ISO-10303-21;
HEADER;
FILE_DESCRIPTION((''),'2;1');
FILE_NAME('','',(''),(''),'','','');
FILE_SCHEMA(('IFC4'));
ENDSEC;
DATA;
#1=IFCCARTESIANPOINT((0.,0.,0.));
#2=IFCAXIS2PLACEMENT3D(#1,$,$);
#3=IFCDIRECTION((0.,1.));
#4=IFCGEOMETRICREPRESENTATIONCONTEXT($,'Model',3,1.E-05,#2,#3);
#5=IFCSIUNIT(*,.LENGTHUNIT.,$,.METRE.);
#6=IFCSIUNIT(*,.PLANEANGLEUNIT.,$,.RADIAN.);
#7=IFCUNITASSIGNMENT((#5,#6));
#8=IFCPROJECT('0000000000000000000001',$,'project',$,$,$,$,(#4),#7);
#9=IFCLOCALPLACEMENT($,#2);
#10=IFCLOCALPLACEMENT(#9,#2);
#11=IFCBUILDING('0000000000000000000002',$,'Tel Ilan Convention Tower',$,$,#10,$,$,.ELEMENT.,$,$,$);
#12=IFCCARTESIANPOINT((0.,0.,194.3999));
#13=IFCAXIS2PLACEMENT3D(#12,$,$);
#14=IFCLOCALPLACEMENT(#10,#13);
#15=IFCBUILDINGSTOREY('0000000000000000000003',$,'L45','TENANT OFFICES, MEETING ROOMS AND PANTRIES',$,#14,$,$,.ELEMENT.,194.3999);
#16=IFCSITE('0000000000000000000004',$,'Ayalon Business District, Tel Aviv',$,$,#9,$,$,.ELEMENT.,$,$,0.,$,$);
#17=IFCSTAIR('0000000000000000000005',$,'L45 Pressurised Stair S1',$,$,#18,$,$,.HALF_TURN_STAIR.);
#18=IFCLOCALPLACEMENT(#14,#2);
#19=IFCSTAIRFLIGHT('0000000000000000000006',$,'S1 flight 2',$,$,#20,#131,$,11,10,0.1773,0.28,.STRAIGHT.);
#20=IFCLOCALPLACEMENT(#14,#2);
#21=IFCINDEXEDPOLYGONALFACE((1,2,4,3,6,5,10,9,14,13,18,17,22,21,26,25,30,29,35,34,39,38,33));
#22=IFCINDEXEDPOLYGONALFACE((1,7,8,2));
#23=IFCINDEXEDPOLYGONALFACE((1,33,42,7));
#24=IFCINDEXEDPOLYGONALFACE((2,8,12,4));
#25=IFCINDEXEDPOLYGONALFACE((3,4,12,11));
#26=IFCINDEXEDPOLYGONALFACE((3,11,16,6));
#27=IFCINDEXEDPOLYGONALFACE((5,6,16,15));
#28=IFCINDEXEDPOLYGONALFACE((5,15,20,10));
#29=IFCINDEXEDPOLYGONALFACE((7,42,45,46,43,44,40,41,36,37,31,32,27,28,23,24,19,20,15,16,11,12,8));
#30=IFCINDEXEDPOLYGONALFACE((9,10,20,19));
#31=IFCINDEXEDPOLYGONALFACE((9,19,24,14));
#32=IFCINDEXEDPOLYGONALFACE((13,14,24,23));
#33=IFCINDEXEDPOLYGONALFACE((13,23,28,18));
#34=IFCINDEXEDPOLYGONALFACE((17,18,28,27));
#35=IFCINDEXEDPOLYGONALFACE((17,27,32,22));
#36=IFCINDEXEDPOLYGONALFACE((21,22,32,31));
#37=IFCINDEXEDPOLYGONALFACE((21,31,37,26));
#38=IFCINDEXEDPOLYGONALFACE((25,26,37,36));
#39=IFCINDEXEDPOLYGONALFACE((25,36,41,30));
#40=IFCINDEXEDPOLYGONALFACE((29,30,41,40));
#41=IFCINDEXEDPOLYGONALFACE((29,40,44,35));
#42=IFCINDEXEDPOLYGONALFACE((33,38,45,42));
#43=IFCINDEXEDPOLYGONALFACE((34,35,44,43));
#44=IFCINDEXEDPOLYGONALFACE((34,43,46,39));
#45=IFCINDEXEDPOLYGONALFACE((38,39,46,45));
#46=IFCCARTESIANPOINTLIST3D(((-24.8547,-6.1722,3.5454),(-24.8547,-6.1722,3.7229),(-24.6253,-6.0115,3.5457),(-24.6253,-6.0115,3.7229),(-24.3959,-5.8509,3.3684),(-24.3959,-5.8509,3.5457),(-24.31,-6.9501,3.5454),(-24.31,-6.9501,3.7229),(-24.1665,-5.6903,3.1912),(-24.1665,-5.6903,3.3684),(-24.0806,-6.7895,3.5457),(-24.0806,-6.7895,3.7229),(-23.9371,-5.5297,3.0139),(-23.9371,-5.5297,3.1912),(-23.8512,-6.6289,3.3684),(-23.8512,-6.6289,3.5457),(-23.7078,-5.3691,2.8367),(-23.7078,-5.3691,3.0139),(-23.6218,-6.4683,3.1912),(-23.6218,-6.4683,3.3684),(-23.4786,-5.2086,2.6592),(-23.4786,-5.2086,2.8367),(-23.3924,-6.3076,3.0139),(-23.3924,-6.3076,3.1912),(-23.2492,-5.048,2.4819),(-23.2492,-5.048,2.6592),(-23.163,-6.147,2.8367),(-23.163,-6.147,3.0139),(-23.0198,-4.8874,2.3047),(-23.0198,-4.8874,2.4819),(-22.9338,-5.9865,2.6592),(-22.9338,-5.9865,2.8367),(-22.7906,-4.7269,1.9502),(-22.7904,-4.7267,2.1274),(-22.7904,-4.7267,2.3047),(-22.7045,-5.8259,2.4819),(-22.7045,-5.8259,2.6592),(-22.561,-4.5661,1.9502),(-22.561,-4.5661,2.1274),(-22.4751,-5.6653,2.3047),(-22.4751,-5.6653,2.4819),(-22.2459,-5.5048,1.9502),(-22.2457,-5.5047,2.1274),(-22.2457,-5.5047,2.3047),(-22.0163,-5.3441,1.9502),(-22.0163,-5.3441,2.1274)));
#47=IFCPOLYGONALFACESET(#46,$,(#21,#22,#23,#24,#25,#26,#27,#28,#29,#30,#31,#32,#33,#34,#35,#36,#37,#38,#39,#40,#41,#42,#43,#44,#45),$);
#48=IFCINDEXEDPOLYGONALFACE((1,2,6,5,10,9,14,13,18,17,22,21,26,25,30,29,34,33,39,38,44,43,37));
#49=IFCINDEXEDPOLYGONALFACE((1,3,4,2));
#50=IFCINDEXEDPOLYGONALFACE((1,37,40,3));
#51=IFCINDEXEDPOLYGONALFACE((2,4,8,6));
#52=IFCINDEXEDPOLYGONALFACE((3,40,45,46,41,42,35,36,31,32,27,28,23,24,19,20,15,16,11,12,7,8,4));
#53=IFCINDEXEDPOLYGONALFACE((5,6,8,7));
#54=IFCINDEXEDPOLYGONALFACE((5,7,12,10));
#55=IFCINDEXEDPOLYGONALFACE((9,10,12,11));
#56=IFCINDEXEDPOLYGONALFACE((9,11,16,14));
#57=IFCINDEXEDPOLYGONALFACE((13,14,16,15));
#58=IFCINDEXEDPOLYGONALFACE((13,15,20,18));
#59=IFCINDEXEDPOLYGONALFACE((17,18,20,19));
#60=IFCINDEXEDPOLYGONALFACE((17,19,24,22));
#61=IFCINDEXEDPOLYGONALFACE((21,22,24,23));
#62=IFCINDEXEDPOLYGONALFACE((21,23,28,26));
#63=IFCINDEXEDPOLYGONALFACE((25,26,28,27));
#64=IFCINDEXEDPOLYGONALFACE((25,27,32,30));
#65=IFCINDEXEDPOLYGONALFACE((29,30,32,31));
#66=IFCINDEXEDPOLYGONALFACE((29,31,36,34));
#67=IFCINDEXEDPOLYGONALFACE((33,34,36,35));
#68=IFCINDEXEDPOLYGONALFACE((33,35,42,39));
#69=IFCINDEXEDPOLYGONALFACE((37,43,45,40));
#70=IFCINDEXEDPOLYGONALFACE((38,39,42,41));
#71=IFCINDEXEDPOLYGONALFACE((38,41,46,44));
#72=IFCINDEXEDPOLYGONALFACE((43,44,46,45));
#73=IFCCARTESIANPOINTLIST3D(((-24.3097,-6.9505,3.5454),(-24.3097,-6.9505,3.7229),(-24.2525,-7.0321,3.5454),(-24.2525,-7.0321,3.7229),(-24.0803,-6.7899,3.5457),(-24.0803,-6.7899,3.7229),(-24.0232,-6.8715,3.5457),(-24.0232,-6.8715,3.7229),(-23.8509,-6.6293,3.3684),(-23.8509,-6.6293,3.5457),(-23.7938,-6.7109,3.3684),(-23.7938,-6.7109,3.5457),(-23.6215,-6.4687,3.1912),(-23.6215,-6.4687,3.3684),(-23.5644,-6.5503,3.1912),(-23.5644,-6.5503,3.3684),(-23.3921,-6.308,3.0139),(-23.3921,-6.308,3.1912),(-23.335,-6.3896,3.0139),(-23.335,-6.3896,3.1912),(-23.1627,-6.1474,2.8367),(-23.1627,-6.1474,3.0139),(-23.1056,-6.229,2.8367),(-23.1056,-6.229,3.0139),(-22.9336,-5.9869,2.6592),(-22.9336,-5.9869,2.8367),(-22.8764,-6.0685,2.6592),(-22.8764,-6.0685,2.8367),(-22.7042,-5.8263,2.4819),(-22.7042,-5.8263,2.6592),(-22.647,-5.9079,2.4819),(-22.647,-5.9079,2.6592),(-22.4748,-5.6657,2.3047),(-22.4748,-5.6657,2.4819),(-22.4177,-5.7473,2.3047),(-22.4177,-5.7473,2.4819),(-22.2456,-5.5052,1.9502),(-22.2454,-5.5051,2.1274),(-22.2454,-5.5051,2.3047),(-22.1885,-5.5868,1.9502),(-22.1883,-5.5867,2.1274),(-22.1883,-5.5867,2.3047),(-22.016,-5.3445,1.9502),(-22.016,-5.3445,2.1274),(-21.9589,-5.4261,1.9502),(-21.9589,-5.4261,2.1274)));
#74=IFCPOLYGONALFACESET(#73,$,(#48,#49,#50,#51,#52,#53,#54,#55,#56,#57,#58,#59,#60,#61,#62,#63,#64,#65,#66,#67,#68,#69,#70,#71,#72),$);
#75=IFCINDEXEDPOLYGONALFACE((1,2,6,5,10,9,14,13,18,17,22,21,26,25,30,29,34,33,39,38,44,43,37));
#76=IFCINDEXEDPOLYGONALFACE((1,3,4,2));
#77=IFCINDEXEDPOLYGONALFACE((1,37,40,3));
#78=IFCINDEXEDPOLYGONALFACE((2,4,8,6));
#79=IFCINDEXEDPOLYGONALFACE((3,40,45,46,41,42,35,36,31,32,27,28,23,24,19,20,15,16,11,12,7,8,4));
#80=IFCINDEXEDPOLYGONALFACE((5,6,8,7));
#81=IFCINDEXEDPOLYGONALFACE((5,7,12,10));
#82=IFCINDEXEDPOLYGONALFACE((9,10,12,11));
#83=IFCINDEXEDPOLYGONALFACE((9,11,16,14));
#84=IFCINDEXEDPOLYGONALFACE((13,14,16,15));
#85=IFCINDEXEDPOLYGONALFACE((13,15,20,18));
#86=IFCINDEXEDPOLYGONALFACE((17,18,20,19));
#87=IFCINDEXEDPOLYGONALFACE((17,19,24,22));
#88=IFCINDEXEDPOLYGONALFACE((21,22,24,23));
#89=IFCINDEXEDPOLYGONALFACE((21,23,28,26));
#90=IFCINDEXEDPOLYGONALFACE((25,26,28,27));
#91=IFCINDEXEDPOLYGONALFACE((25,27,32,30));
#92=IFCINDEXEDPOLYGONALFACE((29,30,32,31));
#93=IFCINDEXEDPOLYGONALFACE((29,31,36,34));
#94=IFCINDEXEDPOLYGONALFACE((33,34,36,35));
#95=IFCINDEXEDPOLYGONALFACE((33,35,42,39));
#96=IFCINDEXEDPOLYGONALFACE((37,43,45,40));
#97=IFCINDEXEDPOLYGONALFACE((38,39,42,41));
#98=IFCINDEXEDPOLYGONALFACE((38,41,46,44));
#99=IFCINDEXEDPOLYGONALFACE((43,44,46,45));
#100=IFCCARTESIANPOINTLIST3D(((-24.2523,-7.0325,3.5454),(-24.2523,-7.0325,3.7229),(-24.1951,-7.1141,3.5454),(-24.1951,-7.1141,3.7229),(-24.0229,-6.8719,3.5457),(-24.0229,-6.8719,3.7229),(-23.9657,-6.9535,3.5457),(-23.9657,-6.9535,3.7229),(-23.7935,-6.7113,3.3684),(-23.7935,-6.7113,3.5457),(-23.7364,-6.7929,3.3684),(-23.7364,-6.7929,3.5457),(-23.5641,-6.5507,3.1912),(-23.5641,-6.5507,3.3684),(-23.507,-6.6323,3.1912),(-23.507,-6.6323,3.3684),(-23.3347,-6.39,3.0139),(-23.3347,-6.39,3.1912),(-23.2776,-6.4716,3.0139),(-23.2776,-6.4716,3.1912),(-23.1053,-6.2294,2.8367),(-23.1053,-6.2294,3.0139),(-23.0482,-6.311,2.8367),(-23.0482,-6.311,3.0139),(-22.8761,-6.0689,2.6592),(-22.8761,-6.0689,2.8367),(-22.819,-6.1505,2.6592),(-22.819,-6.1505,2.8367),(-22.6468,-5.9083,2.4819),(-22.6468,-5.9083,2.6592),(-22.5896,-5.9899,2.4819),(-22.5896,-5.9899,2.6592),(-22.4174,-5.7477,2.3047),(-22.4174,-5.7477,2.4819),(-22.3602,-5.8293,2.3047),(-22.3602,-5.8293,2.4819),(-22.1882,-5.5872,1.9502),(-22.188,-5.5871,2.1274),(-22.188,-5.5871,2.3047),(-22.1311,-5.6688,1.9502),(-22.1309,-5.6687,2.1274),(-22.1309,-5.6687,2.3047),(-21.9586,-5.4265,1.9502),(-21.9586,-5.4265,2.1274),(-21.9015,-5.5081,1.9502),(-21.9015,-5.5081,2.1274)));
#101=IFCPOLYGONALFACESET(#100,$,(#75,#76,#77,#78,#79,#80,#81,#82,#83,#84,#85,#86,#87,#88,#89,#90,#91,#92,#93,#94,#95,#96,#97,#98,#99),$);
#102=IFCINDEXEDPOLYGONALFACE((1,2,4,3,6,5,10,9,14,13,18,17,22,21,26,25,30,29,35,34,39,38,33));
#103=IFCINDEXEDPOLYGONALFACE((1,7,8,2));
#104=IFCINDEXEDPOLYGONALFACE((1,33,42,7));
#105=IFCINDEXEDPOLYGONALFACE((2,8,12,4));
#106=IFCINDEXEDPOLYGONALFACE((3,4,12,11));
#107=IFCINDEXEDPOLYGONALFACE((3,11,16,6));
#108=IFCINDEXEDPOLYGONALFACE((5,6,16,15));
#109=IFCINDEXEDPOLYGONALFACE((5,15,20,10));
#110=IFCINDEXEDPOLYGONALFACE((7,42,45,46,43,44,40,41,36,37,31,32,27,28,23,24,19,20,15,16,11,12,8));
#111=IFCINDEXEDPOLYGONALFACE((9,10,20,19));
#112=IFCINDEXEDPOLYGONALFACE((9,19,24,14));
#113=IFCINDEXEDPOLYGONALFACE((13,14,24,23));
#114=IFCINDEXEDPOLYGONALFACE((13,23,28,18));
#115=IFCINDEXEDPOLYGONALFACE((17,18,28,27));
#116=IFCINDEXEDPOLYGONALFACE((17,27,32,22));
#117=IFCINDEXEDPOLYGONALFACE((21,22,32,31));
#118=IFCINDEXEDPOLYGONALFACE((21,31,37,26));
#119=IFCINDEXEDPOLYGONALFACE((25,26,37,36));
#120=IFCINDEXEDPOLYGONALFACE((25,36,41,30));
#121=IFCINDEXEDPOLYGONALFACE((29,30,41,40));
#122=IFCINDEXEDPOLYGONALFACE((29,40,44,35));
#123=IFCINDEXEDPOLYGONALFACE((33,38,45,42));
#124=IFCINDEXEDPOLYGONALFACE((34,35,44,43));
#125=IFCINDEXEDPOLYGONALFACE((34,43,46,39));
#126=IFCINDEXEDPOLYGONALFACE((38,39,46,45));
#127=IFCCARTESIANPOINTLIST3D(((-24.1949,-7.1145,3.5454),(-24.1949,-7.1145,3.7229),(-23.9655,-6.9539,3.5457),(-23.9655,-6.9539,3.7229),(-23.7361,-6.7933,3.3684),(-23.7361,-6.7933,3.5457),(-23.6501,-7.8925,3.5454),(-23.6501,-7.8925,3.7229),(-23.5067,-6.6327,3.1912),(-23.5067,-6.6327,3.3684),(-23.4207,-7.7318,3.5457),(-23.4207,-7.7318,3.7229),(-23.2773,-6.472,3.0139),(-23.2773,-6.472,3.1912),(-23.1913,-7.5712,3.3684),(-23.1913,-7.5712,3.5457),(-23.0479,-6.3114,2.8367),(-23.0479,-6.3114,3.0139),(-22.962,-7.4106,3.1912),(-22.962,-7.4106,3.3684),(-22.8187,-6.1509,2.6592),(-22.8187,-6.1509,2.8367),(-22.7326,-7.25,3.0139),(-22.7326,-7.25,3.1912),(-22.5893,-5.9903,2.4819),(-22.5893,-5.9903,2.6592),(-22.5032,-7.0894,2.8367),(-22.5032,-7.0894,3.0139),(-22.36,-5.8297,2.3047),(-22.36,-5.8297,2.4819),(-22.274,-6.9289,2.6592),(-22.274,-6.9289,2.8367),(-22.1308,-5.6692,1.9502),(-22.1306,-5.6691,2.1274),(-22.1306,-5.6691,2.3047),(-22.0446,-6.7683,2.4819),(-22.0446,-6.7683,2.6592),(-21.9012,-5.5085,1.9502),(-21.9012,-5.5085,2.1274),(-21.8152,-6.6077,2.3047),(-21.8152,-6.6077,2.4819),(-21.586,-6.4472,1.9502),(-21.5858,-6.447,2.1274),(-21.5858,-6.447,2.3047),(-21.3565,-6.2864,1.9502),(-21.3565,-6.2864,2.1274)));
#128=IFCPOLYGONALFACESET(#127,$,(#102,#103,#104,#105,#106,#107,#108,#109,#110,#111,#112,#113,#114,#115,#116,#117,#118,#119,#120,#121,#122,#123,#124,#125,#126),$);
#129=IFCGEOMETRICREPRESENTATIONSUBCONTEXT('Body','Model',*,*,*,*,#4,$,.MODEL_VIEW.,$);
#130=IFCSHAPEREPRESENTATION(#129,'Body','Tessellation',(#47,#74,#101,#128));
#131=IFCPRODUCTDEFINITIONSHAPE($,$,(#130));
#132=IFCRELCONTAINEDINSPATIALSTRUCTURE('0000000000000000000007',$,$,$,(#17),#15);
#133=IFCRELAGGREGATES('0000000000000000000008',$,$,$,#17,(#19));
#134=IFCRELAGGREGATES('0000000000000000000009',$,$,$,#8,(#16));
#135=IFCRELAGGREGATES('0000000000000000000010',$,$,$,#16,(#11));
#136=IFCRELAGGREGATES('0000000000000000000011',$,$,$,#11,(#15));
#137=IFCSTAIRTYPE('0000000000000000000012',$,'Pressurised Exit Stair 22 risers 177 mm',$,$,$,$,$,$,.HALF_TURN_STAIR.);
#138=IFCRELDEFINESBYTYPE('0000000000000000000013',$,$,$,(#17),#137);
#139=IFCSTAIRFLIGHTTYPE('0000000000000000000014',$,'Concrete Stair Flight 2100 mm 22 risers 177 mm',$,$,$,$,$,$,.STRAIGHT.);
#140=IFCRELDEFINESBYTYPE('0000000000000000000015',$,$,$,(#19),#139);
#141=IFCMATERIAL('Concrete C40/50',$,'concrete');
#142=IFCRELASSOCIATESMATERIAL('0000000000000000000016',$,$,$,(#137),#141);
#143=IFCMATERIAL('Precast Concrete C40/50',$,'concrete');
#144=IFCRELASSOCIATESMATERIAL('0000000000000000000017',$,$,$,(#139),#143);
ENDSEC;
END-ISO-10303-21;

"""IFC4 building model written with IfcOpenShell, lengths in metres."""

from ifc_helpers import new_model, si_unit, direction, frame, origin, place, context, subcontext, project, spatial, polyline, outline, extrude, material, type_object, element, aggregate, save


model = new_model("IFC4")

# Units and contexts
model_context = context("Model", 3, precision=1e-05, world=origin(), true_north=direction((0.0, 1.0)))
body_context = subcontext(model_context, "Body", "Model", "MODEL_VIEW")
ifc_project = project(units=[si_unit("LENGTHUNIT", "METRE"), si_unit("PLANEANGLEUNIT", "RADIAN")], contexts=[model_context])

# Site, building, storey
site_placement = place(None, origin())
site = spatial("IfcSite", under=ifc_project, at=site_placement, Name="Ayalon Business District, Tel Aviv", CompositionType="ELEMENT", RefElevation=0.0)
building_placement = place(site_placement, origin())
building = spatial("IfcBuilding", under=site, at=building_placement, Name="Tel Ilan Convention Tower", CompositionType="ELEMENT")
storey_placement = place(building_placement, frame((0.0, 0.0, 194.3999)))
storey = spatial("IfcBuildingStorey", under=building, at=storey_placement, Name="L45", Description="TENANT OFFICES, MEETING ROOMS AND PANTRIES", CompositionType="ELEMENT", Elevation=194.3999)

# Stair, stair flight
ifc_material_1 = material(Name="Concrete C40/50", Category="concrete")
stair_type = type_object("IfcStairType", Name="Pressurised Exit Stair 22 risers 177 mm", PredefinedType="HALF_TURN_STAIR", material=ifc_material_1)
stair_1_placement = place(storey_placement, origin())
stair_1 = element("IfcStair", 1, at=stair_1_placement, inside=storey, type_object=stair_type, Name="L45 Pressurised Stair S1", PredefinedType="HALF_TURN_STAIR")
ifc_material_2 = material(Name="Precast Concrete C40/50", Category="concrete")
stair_flight_type = type_object("IfcStairFlightType", Name="Concrete Stair Flight 2100 mm 22 risers 177 mm", PredefinedType="STRAIGHT", material=ifc_material_2)
stair_flight_1_placement = place(storey_placement, frame((-21.9587, -5.4263, 1.9502), z_axis=(0.0, 0.0, 1.0), x_axis=(-0.819152, -0.573576, 0.0)))
stair_flight_1 = element("IfcStairFlight", 2, at=stair_flight_1_placement, type_object=stair_flight_type, Name="S1 flight 2", NumberOfRisers=11, NumberOfTreads=10, PredefinedType="STRAIGHT", RiserHeight=0.1773, TreadLength=0.28, context=body_context, shape_type="SweptSolid", body=[
    extrude(outline(polyline([(0.0, 0.0), (0.0, 0.1772), (0.28, 0.1772), (0.28, 0.3545), (0.5601, 0.3545), (0.5601, 0.5317), (0.8401, 0.5317), (0.8401, 0.709), (1.1201, 0.709), (1.1201, 0.8865), (1.3999, 0.8865), (1.3999, 1.0637), (1.6799, 1.0637), (1.6799, 1.241), (1.96, 1.241), (1.96, 1.4182), (2.24, 1.4182), (2.24, 1.5955), (2.52, 1.5955), (2.52, 1.7727), (2.8, 1.7727), (2.8, 1.95), (2.8, 1.5952), (0.2803, 0.0), (0.0, 0.0)])), frame((0.0, -0.1003, 0.0), z_axis=(0.0, -1.0, 0.0), x_axis=(1.0, 0.0, 0.0)), (0.0, 0.0, 1.0), 0.9497),
    extrude(outline(polyline([(0.0, 0.0), (0.0, 0.1772), (0.28, 0.1772), (0.28, 0.3545), (0.5601, 0.3545), (0.5601, 0.5317), (0.8401, 0.5317), (0.8401, 0.709), (1.1201, 0.709), (1.1201, 0.8865), (1.3999, 0.8865), (1.3999, 1.0637), (1.6799, 1.0637), (1.6799, 1.241), (1.96, 1.241), (1.96, 1.4182), (2.24, 1.4182), (2.24, 1.5955), (2.52, 1.5955), (2.52, 1.7727), (2.8, 1.7727), (2.8, 1.95), (2.8, 1.5952), (0.2803, 0.0), (0.0, 0.0)])), frame((0.0, -0.0002, 0.0), z_axis=(0.0, -1.0, 0.0), x_axis=(1.0, 0.0, 0.0)), (0.0, 0.0, 1.0), 0.0996),
    extrude(outline(polyline([(0.0, 0.0), (0.0, 0.1772), (0.28, 0.1772), (0.28, 0.3545), (0.5601, 0.3545), (0.5601, 0.5317), (0.8401, 0.5317), (0.8401, 0.709), (1.1201, 0.709), (1.1201, 0.8865), (1.3999, 0.8865), (1.3999, 1.0637), (1.6799, 1.0637), (1.6799, 1.241), (1.96, 1.241), (1.96, 1.4182), (2.24, 1.4182), (2.24, 1.5955), (2.52, 1.5955), (2.52, 1.7727), (2.8, 1.7727), (2.8, 1.95), (2.8, 1.5952), (0.2803, 0.0), (0.0, 0.0)])), frame((0.0, 0.0999, 0.0), z_axis=(0.0, -1.0, 0.0), x_axis=(1.0, 0.0, 0.0)), (0.0, 0.0, 1.0), 0.0996),
    extrude(outline(polyline([(0.0, 0.0), (0.0, 0.1772), (0.28, 0.1772), (0.28, 0.3545), (0.5601, 0.3545), (0.5601, 0.5317), (0.8401, 0.5317), (0.8401, 0.709), (1.1201, 0.709), (1.1201, 0.8865), (1.3999, 0.8865), (1.3999, 1.0637), (1.6799, 1.0637), (1.6799, 1.241), (1.96, 1.241), (1.96, 1.4182), (2.24, 1.4182), (2.24, 1.5955), (2.52, 1.5955), (2.52, 1.7727), (2.8, 1.7727), (2.8, 1.95), (2.8, 1.5952), (0.2803, 0.0), (0.0, 0.0)])), frame((0.0, 1.05, 0.0), z_axis=(0.0, -1.0, 0.0), x_axis=(1.0, 0.0, 0.0)), (0.0, 0.0, 1.0), 0.9497),
])
aggregate(stair_1, [stair_flight_1])

save(model, "model.ifc")
